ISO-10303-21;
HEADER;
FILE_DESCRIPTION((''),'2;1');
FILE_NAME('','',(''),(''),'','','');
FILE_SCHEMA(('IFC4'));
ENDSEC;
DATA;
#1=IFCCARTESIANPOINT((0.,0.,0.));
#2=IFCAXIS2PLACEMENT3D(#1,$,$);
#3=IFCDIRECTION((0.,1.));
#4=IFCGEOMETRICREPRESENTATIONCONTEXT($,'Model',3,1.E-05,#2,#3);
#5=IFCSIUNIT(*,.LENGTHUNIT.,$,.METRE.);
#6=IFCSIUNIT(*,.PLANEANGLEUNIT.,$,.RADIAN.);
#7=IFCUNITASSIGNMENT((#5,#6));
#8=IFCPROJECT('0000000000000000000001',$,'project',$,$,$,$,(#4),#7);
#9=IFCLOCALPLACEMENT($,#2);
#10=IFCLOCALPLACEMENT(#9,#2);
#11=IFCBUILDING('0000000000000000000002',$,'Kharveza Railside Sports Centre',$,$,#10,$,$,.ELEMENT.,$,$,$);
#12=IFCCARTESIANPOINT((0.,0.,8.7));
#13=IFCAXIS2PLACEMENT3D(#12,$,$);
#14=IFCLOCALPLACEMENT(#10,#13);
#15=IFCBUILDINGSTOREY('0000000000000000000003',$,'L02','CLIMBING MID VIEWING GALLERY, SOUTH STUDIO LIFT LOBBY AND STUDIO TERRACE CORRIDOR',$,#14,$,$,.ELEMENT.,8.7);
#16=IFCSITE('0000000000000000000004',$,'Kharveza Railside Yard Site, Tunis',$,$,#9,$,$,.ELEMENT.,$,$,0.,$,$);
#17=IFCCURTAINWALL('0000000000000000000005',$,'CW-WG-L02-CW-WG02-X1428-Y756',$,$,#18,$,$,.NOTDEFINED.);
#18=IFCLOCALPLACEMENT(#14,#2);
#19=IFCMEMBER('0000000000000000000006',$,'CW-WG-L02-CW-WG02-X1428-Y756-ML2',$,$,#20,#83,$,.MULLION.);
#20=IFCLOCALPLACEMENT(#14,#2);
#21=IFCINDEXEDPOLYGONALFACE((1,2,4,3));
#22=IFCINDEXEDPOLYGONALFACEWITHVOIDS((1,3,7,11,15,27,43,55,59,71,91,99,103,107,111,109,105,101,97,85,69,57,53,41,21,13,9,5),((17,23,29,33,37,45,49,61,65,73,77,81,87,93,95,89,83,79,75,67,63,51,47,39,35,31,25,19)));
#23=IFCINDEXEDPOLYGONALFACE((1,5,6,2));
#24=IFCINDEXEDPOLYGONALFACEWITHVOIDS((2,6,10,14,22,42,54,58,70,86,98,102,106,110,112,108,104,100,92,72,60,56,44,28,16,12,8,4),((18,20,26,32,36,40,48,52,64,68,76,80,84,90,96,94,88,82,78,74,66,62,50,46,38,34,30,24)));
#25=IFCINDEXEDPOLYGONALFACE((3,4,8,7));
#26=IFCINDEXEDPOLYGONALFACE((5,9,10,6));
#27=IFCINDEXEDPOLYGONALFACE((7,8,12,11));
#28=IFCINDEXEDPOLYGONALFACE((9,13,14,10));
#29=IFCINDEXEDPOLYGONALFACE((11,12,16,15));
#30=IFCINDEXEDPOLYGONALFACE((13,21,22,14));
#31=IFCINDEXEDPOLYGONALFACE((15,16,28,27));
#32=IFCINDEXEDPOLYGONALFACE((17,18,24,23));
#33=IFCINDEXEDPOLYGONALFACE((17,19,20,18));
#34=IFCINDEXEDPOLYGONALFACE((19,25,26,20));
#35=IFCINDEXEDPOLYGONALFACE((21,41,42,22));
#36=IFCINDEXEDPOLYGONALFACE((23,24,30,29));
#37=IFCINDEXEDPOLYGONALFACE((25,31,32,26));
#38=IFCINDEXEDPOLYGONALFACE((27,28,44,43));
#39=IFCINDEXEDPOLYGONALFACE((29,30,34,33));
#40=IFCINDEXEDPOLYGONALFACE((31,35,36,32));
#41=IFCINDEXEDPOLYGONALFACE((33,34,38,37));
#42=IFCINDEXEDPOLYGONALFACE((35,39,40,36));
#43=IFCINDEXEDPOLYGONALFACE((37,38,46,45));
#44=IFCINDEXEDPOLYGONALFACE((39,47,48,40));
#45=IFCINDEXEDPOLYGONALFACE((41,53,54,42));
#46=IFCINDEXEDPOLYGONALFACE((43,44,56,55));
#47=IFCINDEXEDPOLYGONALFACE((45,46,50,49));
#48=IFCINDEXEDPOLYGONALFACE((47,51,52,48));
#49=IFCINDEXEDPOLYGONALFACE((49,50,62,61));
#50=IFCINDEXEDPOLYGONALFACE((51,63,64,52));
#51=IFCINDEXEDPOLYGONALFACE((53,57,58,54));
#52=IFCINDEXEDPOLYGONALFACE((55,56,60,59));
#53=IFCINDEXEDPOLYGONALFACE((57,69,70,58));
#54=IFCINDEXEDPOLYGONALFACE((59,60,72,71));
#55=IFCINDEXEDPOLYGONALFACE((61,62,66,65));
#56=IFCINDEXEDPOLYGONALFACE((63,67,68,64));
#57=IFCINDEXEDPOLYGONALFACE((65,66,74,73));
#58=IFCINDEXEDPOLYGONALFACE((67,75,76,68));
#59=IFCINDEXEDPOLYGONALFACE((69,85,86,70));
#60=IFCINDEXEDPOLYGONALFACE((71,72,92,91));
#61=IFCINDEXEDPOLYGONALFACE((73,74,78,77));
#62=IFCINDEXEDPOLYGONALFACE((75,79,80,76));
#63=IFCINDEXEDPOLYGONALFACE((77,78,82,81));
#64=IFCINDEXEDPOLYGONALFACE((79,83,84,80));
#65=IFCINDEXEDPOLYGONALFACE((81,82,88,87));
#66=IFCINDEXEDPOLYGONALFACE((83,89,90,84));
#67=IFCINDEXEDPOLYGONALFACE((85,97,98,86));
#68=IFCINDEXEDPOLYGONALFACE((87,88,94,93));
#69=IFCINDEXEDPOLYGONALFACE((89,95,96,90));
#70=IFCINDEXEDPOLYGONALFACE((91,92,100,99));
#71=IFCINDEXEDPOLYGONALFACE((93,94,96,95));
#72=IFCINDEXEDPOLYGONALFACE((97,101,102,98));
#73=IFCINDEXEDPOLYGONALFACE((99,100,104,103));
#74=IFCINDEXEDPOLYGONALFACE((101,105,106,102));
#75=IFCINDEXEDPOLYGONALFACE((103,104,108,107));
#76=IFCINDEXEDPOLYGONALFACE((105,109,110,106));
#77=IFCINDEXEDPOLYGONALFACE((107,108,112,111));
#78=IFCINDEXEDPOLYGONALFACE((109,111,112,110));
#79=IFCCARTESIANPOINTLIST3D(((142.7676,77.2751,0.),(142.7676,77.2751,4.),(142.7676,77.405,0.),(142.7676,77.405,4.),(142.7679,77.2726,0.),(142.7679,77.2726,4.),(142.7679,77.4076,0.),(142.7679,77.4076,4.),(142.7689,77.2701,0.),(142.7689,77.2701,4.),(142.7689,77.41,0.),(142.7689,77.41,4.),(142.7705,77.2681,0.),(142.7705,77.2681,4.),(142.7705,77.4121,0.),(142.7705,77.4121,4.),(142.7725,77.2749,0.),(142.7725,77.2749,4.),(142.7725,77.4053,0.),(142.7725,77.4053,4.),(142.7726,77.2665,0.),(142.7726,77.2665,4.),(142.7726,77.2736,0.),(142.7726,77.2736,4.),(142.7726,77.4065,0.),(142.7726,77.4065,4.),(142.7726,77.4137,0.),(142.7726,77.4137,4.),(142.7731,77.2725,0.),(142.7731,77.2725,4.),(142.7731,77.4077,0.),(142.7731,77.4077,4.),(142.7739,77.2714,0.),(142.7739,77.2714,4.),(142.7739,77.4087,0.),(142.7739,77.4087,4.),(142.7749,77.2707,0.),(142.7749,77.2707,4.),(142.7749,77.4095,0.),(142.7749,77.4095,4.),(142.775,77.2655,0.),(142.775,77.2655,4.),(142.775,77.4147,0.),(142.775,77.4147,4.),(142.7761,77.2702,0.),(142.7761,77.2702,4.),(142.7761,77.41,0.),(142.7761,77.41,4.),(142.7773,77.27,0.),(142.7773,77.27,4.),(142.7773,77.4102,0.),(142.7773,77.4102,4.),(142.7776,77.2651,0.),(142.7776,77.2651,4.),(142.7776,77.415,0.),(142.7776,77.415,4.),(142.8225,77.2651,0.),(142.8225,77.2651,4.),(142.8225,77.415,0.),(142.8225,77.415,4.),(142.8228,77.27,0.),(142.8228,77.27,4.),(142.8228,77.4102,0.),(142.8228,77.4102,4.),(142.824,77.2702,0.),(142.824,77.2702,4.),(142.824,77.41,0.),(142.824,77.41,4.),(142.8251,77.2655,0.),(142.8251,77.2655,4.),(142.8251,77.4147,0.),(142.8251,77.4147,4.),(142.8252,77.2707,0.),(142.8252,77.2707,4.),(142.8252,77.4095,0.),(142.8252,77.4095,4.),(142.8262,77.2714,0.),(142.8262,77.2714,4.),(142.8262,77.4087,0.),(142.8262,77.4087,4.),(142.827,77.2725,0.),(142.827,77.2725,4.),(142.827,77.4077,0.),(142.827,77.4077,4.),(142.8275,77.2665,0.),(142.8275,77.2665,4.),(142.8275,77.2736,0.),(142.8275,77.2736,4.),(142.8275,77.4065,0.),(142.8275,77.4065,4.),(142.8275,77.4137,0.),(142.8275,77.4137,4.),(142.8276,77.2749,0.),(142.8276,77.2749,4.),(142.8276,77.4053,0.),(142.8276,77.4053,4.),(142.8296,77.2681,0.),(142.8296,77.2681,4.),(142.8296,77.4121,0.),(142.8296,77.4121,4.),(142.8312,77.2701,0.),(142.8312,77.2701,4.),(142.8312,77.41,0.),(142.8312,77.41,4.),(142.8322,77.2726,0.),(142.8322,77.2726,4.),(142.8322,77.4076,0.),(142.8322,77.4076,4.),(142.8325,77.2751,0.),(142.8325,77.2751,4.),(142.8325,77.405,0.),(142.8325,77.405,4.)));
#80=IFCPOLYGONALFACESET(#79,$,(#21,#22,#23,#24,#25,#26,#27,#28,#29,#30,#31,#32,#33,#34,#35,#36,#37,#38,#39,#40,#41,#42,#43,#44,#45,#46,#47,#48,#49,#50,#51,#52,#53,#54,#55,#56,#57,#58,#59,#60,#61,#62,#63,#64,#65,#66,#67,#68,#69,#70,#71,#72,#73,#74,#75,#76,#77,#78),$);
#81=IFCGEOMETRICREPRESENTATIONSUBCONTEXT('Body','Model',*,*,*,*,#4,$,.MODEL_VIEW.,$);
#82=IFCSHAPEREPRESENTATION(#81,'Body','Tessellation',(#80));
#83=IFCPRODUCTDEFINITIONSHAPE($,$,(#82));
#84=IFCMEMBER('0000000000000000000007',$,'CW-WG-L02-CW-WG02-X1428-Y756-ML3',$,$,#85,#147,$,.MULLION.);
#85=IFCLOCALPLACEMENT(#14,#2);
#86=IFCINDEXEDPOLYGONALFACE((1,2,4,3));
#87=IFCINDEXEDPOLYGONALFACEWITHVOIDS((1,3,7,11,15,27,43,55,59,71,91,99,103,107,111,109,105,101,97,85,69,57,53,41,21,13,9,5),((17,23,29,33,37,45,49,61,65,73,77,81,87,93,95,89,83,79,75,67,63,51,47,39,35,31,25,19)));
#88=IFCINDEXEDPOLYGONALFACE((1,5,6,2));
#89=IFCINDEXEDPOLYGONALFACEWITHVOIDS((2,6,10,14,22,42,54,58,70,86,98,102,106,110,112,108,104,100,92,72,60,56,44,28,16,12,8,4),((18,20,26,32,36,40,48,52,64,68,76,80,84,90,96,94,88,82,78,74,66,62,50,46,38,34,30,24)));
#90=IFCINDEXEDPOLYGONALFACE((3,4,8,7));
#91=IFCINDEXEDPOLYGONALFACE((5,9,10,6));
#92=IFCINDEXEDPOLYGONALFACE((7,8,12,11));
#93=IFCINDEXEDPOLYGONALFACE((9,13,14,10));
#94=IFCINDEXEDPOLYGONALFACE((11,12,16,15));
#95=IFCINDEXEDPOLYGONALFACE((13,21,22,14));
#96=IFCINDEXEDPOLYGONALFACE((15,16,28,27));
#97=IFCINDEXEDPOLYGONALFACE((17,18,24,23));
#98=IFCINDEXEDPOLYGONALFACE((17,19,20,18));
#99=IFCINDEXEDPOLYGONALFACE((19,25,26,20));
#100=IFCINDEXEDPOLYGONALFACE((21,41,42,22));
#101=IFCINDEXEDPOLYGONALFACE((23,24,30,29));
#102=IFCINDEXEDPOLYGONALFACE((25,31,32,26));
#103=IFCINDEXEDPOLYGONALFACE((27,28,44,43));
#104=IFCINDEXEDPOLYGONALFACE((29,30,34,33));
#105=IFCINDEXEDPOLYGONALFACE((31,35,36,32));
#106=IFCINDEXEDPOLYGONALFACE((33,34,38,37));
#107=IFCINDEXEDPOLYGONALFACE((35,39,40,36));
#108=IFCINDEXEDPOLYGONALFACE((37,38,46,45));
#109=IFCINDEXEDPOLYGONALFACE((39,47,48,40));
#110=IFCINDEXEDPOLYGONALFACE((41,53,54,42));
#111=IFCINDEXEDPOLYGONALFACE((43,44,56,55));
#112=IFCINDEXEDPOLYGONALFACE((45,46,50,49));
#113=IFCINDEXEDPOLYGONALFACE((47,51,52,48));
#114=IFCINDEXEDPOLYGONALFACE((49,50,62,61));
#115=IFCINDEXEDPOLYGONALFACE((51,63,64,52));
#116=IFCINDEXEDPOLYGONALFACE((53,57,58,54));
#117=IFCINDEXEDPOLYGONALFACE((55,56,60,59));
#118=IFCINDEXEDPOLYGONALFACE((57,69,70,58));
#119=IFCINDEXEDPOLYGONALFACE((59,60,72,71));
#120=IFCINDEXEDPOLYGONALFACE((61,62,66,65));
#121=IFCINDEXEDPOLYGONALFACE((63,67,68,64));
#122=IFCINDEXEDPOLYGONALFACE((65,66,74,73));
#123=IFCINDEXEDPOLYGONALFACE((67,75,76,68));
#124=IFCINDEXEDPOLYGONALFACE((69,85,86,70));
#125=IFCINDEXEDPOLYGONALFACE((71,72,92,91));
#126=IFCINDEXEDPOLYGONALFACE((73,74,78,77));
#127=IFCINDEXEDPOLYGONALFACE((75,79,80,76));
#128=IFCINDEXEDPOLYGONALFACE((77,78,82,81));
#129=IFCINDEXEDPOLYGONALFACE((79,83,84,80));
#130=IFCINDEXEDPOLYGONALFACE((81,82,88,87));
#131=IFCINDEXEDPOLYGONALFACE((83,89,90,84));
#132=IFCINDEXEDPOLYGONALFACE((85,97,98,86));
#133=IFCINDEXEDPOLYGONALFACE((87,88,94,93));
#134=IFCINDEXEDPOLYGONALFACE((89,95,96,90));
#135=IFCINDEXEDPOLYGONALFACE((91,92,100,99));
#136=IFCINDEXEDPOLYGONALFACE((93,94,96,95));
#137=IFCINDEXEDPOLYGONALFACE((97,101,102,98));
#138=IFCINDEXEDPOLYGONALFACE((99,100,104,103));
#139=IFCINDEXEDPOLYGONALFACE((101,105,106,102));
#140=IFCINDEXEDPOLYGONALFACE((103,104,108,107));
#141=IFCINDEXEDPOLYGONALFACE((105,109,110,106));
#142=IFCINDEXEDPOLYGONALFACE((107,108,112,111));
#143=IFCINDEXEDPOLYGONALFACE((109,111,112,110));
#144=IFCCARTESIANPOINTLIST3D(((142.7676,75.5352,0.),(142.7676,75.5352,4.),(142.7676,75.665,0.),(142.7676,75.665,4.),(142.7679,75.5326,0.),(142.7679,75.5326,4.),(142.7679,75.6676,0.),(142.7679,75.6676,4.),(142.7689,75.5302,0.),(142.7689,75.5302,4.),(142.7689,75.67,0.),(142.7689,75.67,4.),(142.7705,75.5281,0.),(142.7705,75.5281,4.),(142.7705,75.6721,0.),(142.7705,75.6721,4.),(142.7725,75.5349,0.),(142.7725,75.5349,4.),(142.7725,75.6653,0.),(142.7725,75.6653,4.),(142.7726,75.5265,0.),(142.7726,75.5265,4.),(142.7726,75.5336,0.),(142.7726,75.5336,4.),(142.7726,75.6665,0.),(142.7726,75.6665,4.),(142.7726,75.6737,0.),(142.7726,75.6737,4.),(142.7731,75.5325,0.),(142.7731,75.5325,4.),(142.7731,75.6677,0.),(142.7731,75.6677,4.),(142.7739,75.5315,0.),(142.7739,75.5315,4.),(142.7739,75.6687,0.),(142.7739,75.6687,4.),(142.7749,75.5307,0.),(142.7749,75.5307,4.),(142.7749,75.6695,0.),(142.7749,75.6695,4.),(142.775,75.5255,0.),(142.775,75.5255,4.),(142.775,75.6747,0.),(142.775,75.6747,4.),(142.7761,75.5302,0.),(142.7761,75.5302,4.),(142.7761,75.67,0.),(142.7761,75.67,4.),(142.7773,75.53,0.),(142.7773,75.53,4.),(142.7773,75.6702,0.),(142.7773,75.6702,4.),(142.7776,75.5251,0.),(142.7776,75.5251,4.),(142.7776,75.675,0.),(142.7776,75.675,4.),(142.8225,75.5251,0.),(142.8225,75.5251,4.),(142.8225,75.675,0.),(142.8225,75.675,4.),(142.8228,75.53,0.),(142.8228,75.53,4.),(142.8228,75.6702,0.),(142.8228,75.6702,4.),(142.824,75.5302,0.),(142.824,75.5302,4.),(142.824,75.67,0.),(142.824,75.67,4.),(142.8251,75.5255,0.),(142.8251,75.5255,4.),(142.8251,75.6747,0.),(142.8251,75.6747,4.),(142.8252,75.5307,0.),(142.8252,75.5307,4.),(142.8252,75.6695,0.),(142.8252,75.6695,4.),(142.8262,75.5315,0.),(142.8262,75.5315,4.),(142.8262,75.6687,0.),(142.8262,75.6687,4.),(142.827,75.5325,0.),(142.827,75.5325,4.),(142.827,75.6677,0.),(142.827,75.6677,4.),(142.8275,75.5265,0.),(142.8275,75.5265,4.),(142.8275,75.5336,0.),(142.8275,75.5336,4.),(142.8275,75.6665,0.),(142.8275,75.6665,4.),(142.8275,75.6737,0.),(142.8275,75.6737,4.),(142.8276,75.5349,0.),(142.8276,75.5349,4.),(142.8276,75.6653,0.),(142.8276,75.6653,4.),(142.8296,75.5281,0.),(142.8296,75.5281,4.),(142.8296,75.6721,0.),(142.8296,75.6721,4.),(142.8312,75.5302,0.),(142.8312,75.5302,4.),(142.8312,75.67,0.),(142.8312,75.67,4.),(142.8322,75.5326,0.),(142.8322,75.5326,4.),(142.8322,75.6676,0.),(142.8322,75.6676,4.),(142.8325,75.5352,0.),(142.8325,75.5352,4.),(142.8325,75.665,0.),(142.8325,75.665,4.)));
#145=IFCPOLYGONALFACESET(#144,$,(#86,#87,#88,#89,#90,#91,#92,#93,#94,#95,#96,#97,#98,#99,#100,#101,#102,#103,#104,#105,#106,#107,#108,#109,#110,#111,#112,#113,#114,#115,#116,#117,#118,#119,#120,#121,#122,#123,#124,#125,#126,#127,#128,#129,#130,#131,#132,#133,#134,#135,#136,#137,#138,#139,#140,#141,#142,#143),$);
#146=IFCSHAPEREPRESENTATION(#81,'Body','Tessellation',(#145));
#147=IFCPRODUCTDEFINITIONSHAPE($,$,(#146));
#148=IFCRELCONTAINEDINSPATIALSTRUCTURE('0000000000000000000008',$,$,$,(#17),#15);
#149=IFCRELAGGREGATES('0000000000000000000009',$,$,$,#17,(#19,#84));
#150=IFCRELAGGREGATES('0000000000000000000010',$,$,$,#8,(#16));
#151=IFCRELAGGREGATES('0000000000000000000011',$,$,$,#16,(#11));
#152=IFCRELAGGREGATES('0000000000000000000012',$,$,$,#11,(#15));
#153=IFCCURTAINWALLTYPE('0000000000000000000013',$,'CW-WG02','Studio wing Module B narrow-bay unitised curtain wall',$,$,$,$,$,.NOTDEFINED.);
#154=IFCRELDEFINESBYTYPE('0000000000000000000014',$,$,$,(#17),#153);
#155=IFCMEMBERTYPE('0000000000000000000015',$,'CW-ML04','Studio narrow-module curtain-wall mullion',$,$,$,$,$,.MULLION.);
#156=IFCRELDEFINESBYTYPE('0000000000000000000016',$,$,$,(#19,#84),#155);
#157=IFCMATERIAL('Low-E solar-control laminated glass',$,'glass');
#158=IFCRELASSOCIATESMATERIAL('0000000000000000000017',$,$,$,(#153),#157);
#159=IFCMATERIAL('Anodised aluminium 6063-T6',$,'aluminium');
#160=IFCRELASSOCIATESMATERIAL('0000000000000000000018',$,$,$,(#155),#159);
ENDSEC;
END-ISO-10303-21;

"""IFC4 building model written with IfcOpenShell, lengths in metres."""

from ifc_helpers import new_model, si_unit, direction, frame, origin, origin_2d, place, context, subcontext, project, spatial, hollow_rectangle, extrude, material, material_profile, profile_set, type_object, element, aggregate, save


model = new_model("IFC4")

# Units and contexts
model_context = context("Model", 3, precision=1e-05, world=origin(), true_north=direction((0.0, 1.0)))
body_context = subcontext(model_context, "Body", "Model", "MODEL_VIEW")
ifc_project = project(units=[si_unit("LENGTHUNIT", "METRE"), si_unit("PLANEANGLEUNIT", "RADIAN")], contexts=[model_context])

# Site, building, storey
site_placement = place(None, origin())
site = spatial("IfcSite", under=ifc_project, at=site_placement, Name="Kharveza Railside Yard Site, Tunis", CompositionType="ELEMENT", RefElevation=0.0)
building_placement = place(site_placement, origin())
building = spatial("IfcBuilding", under=site, at=building_placement, Name="Kharveza Railside Sports Centre", CompositionType="ELEMENT")
storey_placement = place(building_placement, frame((0.0, 0.0, 8.7)))
storey = spatial("IfcBuildingStorey", under=building, at=storey_placement, Name="L02", Description="CLIMBING MID VIEWING GALLERY, SOUTH STUDIO LIFT LOBBY AND STUDIO TERRACE CORRIDOR", CompositionType="ELEMENT", Elevation=8.7)

# Curtain wall, members
ifc_material_1 = material(Name="Low-E solar-control laminated glass", Category="glass")
curtain_wall_type = type_object("IfcCurtainWallType", Name="CW-WG02", Description="Studio wing Module B narrow-bay unitised curtain wall", PredefinedType="NOTDEFINED", material=ifc_material_1)
curtain_wall_placement = place(storey_placement, origin())
curtain_wall = element("IfcCurtainWall", 1, at=curtain_wall_placement, inside=storey, type_object=curtain_wall_type, Name="CW-WG-L02-CW-WG02-X1428-Y756", PredefinedType="NOTDEFINED")
ifc_material_2 = material(Name="Anodised aluminium 6063-T6", Category="aluminium")
ifc_material_profile_1 = material_profile(ifc_material_2, hollow_rectangle(XDim=0.0649, YDim=0.1499, WallThickness=0.0049, InnerFilletRadius=0.0049, OuterFilletRadius=0.01, at=origin_2d()), Name="RHS 65x150x5.0")
ifc_profile_set_1 = profile_set([ifc_material_profile_1], Name="Anodised aluminium 6063-T6")
member_type_1 = type_object("IfcMemberType", Name="CW-ML04", Description="Studio narrow-module curtain-wall mullion", PredefinedType="MULLION", material=ifc_profile_set_1)
member_1_placement = place(storey_placement, frame((142.8, 77.3401, 0.0), z_axis=(0.0, 0.0, 1.0), x_axis=(1.0, 0.0, 0.0)))
member_1 = element("IfcMember", 2, at=member_1_placement, type_object=member_type_1, Name="CW-WG-L02-CW-WG02-X1428-Y756-ML2", PredefinedType="MULLION", context=body_context, shape_type="SweptSolid", body=[
    extrude(hollow_rectangle(XDim=0.0649, YDim=0.1499, WallThickness=0.0049, InnerFilletRadius=0.0049, OuterFilletRadius=0.01, at=origin_2d()), origin(), (0.0, 0.0, 1.0), 4.0),
])
member_2_placement = place(storey_placement, frame((142.8, 75.6001, 0.0), z_axis=(0.0, 0.0, 1.0), x_axis=(1.0, 0.0, 0.0)))
member_2 = element("IfcMember", 3, at=member_2_placement, type_object=member_type_1, Name="CW-WG-L02-CW-WG02-X1428-Y756-ML3", PredefinedType="MULLION", context=body_context, shape_type="SweptSolid", body=[
    extrude(hollow_rectangle(XDim=0.0649, YDim=0.1499, WallThickness=0.0049, InnerFilletRadius=0.0049, OuterFilletRadius=0.01, at=origin_2d()), origin(), (0.0, 0.0, 1.0), 4.0),
])
aggregate(curtain_wall, [member_1, member_2])

save(model, "model.ifc")
